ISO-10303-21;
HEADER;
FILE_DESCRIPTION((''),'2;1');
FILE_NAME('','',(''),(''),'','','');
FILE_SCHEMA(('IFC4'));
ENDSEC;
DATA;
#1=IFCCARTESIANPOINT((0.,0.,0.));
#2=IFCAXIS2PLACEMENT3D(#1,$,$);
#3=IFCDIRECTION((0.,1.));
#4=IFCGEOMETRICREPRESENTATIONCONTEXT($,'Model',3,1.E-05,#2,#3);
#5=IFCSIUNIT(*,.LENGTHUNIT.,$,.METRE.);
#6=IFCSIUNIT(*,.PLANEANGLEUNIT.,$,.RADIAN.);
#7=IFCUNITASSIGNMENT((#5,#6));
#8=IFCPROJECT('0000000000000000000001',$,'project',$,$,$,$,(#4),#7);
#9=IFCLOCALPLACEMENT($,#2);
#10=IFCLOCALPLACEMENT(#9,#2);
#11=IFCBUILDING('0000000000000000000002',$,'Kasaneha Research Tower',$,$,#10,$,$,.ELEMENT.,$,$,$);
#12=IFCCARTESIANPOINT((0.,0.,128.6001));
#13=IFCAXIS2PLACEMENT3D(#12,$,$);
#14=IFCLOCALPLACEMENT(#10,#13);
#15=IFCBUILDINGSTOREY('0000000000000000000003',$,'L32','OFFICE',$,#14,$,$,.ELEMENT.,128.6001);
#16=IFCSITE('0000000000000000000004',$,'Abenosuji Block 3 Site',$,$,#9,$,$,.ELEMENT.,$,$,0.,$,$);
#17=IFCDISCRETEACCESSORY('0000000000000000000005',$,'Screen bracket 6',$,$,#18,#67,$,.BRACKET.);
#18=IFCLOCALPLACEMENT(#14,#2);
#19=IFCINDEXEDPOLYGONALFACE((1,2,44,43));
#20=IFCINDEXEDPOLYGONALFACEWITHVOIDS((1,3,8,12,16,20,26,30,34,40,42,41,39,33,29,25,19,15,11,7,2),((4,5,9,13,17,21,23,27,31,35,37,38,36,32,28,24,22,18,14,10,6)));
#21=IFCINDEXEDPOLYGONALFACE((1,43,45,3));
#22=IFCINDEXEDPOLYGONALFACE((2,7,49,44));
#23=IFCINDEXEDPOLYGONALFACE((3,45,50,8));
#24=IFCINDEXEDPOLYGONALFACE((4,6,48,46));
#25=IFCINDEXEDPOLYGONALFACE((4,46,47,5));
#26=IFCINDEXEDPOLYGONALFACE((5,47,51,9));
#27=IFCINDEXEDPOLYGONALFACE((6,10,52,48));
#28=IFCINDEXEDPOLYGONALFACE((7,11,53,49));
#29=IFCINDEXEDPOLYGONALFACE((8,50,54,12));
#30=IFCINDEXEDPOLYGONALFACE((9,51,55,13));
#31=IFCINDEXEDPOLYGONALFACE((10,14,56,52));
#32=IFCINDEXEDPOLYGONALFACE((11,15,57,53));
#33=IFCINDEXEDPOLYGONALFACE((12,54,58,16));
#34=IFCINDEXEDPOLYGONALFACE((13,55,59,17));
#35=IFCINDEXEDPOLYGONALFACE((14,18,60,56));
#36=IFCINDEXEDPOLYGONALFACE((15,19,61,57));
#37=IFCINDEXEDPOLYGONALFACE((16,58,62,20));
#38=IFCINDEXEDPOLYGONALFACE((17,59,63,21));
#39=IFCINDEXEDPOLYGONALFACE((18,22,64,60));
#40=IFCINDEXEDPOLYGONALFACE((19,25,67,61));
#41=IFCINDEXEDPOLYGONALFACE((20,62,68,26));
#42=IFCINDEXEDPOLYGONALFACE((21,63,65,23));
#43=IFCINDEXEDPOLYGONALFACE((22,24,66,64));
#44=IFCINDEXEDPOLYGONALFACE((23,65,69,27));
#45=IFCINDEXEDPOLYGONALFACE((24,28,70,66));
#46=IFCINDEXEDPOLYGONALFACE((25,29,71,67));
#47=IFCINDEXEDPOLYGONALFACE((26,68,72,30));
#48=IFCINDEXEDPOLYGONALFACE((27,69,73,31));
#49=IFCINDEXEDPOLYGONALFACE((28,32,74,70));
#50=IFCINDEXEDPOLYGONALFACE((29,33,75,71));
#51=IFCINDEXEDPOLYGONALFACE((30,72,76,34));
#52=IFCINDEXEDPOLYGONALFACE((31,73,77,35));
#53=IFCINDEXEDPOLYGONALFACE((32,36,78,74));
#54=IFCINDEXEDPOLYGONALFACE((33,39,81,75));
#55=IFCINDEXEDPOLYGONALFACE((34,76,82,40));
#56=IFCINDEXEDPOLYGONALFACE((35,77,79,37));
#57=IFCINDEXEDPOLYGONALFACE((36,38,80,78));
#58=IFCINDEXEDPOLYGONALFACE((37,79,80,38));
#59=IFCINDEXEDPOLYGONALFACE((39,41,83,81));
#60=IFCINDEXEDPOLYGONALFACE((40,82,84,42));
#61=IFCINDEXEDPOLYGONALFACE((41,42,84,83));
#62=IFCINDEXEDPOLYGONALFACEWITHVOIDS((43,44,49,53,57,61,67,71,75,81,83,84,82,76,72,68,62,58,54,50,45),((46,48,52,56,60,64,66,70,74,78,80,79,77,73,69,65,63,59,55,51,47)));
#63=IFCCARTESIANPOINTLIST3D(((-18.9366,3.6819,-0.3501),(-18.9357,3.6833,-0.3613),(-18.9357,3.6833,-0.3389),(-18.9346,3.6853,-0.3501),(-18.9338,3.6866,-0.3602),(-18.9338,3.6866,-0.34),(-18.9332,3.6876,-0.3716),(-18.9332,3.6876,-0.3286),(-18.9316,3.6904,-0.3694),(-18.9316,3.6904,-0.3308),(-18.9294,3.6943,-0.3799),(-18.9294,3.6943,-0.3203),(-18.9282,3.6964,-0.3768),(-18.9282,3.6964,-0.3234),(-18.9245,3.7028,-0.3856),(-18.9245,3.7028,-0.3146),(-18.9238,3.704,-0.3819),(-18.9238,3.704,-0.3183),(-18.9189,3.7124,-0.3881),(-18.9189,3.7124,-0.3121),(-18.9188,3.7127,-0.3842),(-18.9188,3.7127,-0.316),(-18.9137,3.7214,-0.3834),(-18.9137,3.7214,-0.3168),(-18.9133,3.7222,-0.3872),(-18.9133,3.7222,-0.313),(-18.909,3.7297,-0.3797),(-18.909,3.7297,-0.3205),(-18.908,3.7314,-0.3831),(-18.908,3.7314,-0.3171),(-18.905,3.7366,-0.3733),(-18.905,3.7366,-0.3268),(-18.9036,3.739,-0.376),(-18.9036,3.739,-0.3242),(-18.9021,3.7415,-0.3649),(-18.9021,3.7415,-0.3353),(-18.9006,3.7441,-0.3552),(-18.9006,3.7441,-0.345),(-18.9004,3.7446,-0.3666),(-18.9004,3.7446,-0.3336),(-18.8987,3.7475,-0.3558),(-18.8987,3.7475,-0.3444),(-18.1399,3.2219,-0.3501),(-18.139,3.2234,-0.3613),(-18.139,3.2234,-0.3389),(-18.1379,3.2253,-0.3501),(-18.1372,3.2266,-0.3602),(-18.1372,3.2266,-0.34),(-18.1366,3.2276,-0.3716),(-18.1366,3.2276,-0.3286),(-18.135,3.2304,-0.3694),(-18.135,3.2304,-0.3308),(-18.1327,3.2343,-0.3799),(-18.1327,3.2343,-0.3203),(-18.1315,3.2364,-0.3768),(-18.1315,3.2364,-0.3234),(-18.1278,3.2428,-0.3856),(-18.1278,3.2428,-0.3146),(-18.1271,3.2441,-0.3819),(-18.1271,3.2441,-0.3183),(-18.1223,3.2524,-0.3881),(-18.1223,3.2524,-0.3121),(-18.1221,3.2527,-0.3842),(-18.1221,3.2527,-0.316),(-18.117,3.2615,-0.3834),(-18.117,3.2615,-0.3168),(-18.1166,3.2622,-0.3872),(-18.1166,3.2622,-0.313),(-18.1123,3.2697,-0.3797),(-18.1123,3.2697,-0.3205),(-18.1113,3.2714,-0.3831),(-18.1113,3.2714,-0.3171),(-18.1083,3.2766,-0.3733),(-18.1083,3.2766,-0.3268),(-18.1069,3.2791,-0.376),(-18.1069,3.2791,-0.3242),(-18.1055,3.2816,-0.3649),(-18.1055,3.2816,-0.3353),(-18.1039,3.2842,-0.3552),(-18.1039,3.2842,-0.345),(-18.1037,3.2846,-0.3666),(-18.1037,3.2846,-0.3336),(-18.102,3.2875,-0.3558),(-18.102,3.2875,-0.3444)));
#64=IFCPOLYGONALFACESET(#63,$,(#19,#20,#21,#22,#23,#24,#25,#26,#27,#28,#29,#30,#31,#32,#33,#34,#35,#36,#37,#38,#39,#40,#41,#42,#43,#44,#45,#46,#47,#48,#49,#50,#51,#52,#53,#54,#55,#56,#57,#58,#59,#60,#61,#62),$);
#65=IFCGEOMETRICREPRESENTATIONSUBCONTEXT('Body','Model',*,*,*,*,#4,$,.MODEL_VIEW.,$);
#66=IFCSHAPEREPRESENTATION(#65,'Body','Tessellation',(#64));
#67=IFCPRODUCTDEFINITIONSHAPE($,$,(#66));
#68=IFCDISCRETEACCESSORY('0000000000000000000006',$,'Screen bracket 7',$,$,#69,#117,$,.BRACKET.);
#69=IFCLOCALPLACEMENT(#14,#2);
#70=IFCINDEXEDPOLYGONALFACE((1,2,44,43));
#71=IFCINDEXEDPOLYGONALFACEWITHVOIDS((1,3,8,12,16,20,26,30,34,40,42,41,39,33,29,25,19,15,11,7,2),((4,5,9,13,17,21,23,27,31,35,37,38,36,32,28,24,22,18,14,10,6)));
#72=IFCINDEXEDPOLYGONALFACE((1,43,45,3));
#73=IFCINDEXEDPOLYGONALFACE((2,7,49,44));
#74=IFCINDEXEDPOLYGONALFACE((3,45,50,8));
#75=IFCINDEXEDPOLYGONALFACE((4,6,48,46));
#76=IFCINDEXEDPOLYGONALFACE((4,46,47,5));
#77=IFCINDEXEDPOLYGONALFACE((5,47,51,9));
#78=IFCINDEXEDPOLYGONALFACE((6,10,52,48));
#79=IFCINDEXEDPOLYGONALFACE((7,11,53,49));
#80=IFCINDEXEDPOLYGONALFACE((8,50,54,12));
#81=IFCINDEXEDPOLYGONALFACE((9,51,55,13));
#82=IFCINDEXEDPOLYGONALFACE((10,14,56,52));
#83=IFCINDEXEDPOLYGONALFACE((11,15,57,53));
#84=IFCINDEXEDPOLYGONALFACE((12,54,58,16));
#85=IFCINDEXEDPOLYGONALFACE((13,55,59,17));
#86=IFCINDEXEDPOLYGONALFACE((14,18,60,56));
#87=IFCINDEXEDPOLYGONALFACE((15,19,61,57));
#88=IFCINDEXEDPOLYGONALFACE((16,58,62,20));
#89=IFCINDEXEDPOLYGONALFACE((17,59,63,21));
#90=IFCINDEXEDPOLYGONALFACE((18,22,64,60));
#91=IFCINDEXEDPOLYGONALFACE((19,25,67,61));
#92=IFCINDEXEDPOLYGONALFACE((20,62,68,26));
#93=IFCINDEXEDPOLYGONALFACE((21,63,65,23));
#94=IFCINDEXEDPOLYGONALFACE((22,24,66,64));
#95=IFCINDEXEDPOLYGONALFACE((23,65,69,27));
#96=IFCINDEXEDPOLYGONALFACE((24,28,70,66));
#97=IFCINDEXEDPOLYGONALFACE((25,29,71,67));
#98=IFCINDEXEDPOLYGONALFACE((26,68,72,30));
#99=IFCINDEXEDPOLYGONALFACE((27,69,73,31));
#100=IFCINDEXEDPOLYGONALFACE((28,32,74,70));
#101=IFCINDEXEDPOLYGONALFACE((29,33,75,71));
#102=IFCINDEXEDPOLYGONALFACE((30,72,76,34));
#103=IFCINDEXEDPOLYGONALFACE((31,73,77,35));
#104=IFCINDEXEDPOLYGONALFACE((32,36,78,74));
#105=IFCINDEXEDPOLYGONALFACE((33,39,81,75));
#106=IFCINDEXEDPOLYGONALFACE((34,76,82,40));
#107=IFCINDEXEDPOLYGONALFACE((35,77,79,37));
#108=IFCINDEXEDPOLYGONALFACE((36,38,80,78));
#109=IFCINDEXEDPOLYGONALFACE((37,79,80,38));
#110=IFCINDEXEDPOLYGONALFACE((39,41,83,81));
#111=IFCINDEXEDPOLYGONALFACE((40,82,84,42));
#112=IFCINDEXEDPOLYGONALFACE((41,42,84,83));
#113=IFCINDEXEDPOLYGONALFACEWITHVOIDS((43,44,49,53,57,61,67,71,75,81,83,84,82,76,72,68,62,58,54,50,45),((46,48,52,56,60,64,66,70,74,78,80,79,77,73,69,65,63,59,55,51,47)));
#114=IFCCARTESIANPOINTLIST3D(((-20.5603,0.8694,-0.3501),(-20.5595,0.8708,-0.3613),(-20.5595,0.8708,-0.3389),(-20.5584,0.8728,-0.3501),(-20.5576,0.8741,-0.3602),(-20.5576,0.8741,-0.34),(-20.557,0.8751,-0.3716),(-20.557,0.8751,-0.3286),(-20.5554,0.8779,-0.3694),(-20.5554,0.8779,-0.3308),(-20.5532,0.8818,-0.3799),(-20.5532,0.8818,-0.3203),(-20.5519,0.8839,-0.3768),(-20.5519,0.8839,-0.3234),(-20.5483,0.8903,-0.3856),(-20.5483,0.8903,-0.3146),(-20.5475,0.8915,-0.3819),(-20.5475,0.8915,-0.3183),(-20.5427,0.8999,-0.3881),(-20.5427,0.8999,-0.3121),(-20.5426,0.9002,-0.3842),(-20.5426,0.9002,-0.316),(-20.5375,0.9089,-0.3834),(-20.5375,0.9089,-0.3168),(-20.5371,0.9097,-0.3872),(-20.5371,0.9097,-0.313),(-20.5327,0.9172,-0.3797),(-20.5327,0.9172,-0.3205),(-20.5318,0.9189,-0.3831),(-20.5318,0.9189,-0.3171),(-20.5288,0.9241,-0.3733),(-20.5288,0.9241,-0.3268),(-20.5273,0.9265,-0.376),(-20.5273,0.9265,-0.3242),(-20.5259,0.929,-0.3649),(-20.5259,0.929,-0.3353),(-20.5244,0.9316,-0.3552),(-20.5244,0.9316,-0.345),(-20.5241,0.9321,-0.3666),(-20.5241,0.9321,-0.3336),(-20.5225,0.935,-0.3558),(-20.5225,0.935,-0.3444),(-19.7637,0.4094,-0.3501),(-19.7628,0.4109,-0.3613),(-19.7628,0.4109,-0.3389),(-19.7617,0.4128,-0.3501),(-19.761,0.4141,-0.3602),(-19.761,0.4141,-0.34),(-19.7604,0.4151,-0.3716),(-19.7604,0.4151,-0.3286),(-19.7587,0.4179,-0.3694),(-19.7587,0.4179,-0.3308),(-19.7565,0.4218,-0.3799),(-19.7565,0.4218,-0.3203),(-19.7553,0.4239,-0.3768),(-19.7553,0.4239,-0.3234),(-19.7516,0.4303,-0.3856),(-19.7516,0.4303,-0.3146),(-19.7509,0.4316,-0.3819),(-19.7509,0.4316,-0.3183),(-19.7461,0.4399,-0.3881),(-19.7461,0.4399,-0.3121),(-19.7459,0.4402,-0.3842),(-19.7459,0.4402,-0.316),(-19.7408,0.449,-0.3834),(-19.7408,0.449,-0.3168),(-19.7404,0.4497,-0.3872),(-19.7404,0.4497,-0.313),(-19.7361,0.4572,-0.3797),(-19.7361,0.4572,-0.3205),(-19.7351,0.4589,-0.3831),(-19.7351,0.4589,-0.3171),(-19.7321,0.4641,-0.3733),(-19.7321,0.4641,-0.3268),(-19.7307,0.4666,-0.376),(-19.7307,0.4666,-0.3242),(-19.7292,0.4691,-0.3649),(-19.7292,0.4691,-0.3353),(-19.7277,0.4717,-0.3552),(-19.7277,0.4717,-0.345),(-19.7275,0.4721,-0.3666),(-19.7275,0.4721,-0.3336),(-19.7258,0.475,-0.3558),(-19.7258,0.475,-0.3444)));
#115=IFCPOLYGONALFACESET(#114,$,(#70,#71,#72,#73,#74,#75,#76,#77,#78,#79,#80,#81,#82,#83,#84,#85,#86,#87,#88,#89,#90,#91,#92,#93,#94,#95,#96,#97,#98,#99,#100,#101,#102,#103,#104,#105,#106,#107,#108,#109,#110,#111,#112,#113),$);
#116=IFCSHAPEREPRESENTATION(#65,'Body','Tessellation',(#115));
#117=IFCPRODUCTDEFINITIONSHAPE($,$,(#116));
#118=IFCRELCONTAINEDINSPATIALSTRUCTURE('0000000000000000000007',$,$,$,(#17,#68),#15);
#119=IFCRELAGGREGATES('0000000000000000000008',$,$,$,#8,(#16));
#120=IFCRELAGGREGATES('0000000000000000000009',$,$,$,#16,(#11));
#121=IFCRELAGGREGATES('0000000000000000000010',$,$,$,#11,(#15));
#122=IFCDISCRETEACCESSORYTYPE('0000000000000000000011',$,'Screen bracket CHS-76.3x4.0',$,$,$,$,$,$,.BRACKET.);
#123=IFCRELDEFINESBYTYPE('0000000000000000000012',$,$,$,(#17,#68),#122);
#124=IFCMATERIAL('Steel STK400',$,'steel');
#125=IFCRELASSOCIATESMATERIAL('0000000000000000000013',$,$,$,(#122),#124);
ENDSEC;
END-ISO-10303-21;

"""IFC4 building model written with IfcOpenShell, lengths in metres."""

from ifc_helpers import new_model, si_unit, direction, frame, origin, origin_2d, place, context, subcontext, project, spatial, hollow_circle, extrude, material, material_profile, profile_set, type_object, element, save


model = new_model("IFC4")

# Units and contexts
model_context = context("Model", 3, precision=1e-05, world=origin(), true_north=direction((0.0, 1.0)))
body_context = subcontext(model_context, "Body", "Model", "MODEL_VIEW")
ifc_project = project(units=[si_unit("LENGTHUNIT", "METRE"), si_unit("PLANEANGLEUNIT", "RADIAN")], contexts=[model_context])

# Site, building, storey
site_placement = place(None, origin())
site = spatial("IfcSite", under=ifc_project, at=site_placement, Name="Abenosuji Block 3 Site", CompositionType="ELEMENT", RefElevation=0.0)
building_placement = place(site_placement, origin())
building = spatial("IfcBuilding", under=site, at=building_placement, Name="Kasaneha Research Tower", CompositionType="ELEMENT")
storey_placement = place(building_placement, frame((0.0, 0.0, 128.6001)))
storey = spatial("IfcBuildingStorey", under=building, at=storey_placement, Name="L32", Description="OFFICE", CompositionType="ELEMENT", Elevation=128.6001)

# Discrete accessories
ifc_material_1 = material(Name="Steel STK400", Category="steel")
ifc_material_profile_1 = material_profile(ifc_material_1, hollow_circle(Radius=0.0381, WallThickness=0.0039, at=origin_2d()), Name="CHS-76.3x4.0")
ifc_profile_set_1 = profile_set([ifc_material_profile_1], Name="Steel STK400")
discrete_accessory_type = type_object("IfcDiscreteAccessoryType", Name="Screen bracket CHS-76.3x4.0", PredefinedType="BRACKET", material=ifc_profile_set_1)
for number, where, z_axis, x_axis, name in (
    (1, (-18.1208, 3.2549, -0.3501), (-0.866013, 0.500021, 0.0), (-0.500021, -0.866013, 0.0), "Screen bracket 6"),
    (2, (-19.7446, 0.4424, -0.3501), (-0.866013, 0.500021, 0.0), (-0.500021, -0.866013, 0.0), "Screen bracket 7"),
):
    element("IfcDiscreteAccessory", number, at=place(storey_placement, frame(where, z_axis=z_axis, x_axis=x_axis)), inside=storey, type_object=discrete_accessory_type, Name=name, PredefinedType="BRACKET", context=body_context, shape_type="SweptSolid", body=[
        extrude(hollow_circle(Radius=0.0381, WallThickness=0.0039, at=origin_2d()), origin(), (0.0, 0.0, 1.0), 0.9199),
    ])

save(model, "model.ifc")
